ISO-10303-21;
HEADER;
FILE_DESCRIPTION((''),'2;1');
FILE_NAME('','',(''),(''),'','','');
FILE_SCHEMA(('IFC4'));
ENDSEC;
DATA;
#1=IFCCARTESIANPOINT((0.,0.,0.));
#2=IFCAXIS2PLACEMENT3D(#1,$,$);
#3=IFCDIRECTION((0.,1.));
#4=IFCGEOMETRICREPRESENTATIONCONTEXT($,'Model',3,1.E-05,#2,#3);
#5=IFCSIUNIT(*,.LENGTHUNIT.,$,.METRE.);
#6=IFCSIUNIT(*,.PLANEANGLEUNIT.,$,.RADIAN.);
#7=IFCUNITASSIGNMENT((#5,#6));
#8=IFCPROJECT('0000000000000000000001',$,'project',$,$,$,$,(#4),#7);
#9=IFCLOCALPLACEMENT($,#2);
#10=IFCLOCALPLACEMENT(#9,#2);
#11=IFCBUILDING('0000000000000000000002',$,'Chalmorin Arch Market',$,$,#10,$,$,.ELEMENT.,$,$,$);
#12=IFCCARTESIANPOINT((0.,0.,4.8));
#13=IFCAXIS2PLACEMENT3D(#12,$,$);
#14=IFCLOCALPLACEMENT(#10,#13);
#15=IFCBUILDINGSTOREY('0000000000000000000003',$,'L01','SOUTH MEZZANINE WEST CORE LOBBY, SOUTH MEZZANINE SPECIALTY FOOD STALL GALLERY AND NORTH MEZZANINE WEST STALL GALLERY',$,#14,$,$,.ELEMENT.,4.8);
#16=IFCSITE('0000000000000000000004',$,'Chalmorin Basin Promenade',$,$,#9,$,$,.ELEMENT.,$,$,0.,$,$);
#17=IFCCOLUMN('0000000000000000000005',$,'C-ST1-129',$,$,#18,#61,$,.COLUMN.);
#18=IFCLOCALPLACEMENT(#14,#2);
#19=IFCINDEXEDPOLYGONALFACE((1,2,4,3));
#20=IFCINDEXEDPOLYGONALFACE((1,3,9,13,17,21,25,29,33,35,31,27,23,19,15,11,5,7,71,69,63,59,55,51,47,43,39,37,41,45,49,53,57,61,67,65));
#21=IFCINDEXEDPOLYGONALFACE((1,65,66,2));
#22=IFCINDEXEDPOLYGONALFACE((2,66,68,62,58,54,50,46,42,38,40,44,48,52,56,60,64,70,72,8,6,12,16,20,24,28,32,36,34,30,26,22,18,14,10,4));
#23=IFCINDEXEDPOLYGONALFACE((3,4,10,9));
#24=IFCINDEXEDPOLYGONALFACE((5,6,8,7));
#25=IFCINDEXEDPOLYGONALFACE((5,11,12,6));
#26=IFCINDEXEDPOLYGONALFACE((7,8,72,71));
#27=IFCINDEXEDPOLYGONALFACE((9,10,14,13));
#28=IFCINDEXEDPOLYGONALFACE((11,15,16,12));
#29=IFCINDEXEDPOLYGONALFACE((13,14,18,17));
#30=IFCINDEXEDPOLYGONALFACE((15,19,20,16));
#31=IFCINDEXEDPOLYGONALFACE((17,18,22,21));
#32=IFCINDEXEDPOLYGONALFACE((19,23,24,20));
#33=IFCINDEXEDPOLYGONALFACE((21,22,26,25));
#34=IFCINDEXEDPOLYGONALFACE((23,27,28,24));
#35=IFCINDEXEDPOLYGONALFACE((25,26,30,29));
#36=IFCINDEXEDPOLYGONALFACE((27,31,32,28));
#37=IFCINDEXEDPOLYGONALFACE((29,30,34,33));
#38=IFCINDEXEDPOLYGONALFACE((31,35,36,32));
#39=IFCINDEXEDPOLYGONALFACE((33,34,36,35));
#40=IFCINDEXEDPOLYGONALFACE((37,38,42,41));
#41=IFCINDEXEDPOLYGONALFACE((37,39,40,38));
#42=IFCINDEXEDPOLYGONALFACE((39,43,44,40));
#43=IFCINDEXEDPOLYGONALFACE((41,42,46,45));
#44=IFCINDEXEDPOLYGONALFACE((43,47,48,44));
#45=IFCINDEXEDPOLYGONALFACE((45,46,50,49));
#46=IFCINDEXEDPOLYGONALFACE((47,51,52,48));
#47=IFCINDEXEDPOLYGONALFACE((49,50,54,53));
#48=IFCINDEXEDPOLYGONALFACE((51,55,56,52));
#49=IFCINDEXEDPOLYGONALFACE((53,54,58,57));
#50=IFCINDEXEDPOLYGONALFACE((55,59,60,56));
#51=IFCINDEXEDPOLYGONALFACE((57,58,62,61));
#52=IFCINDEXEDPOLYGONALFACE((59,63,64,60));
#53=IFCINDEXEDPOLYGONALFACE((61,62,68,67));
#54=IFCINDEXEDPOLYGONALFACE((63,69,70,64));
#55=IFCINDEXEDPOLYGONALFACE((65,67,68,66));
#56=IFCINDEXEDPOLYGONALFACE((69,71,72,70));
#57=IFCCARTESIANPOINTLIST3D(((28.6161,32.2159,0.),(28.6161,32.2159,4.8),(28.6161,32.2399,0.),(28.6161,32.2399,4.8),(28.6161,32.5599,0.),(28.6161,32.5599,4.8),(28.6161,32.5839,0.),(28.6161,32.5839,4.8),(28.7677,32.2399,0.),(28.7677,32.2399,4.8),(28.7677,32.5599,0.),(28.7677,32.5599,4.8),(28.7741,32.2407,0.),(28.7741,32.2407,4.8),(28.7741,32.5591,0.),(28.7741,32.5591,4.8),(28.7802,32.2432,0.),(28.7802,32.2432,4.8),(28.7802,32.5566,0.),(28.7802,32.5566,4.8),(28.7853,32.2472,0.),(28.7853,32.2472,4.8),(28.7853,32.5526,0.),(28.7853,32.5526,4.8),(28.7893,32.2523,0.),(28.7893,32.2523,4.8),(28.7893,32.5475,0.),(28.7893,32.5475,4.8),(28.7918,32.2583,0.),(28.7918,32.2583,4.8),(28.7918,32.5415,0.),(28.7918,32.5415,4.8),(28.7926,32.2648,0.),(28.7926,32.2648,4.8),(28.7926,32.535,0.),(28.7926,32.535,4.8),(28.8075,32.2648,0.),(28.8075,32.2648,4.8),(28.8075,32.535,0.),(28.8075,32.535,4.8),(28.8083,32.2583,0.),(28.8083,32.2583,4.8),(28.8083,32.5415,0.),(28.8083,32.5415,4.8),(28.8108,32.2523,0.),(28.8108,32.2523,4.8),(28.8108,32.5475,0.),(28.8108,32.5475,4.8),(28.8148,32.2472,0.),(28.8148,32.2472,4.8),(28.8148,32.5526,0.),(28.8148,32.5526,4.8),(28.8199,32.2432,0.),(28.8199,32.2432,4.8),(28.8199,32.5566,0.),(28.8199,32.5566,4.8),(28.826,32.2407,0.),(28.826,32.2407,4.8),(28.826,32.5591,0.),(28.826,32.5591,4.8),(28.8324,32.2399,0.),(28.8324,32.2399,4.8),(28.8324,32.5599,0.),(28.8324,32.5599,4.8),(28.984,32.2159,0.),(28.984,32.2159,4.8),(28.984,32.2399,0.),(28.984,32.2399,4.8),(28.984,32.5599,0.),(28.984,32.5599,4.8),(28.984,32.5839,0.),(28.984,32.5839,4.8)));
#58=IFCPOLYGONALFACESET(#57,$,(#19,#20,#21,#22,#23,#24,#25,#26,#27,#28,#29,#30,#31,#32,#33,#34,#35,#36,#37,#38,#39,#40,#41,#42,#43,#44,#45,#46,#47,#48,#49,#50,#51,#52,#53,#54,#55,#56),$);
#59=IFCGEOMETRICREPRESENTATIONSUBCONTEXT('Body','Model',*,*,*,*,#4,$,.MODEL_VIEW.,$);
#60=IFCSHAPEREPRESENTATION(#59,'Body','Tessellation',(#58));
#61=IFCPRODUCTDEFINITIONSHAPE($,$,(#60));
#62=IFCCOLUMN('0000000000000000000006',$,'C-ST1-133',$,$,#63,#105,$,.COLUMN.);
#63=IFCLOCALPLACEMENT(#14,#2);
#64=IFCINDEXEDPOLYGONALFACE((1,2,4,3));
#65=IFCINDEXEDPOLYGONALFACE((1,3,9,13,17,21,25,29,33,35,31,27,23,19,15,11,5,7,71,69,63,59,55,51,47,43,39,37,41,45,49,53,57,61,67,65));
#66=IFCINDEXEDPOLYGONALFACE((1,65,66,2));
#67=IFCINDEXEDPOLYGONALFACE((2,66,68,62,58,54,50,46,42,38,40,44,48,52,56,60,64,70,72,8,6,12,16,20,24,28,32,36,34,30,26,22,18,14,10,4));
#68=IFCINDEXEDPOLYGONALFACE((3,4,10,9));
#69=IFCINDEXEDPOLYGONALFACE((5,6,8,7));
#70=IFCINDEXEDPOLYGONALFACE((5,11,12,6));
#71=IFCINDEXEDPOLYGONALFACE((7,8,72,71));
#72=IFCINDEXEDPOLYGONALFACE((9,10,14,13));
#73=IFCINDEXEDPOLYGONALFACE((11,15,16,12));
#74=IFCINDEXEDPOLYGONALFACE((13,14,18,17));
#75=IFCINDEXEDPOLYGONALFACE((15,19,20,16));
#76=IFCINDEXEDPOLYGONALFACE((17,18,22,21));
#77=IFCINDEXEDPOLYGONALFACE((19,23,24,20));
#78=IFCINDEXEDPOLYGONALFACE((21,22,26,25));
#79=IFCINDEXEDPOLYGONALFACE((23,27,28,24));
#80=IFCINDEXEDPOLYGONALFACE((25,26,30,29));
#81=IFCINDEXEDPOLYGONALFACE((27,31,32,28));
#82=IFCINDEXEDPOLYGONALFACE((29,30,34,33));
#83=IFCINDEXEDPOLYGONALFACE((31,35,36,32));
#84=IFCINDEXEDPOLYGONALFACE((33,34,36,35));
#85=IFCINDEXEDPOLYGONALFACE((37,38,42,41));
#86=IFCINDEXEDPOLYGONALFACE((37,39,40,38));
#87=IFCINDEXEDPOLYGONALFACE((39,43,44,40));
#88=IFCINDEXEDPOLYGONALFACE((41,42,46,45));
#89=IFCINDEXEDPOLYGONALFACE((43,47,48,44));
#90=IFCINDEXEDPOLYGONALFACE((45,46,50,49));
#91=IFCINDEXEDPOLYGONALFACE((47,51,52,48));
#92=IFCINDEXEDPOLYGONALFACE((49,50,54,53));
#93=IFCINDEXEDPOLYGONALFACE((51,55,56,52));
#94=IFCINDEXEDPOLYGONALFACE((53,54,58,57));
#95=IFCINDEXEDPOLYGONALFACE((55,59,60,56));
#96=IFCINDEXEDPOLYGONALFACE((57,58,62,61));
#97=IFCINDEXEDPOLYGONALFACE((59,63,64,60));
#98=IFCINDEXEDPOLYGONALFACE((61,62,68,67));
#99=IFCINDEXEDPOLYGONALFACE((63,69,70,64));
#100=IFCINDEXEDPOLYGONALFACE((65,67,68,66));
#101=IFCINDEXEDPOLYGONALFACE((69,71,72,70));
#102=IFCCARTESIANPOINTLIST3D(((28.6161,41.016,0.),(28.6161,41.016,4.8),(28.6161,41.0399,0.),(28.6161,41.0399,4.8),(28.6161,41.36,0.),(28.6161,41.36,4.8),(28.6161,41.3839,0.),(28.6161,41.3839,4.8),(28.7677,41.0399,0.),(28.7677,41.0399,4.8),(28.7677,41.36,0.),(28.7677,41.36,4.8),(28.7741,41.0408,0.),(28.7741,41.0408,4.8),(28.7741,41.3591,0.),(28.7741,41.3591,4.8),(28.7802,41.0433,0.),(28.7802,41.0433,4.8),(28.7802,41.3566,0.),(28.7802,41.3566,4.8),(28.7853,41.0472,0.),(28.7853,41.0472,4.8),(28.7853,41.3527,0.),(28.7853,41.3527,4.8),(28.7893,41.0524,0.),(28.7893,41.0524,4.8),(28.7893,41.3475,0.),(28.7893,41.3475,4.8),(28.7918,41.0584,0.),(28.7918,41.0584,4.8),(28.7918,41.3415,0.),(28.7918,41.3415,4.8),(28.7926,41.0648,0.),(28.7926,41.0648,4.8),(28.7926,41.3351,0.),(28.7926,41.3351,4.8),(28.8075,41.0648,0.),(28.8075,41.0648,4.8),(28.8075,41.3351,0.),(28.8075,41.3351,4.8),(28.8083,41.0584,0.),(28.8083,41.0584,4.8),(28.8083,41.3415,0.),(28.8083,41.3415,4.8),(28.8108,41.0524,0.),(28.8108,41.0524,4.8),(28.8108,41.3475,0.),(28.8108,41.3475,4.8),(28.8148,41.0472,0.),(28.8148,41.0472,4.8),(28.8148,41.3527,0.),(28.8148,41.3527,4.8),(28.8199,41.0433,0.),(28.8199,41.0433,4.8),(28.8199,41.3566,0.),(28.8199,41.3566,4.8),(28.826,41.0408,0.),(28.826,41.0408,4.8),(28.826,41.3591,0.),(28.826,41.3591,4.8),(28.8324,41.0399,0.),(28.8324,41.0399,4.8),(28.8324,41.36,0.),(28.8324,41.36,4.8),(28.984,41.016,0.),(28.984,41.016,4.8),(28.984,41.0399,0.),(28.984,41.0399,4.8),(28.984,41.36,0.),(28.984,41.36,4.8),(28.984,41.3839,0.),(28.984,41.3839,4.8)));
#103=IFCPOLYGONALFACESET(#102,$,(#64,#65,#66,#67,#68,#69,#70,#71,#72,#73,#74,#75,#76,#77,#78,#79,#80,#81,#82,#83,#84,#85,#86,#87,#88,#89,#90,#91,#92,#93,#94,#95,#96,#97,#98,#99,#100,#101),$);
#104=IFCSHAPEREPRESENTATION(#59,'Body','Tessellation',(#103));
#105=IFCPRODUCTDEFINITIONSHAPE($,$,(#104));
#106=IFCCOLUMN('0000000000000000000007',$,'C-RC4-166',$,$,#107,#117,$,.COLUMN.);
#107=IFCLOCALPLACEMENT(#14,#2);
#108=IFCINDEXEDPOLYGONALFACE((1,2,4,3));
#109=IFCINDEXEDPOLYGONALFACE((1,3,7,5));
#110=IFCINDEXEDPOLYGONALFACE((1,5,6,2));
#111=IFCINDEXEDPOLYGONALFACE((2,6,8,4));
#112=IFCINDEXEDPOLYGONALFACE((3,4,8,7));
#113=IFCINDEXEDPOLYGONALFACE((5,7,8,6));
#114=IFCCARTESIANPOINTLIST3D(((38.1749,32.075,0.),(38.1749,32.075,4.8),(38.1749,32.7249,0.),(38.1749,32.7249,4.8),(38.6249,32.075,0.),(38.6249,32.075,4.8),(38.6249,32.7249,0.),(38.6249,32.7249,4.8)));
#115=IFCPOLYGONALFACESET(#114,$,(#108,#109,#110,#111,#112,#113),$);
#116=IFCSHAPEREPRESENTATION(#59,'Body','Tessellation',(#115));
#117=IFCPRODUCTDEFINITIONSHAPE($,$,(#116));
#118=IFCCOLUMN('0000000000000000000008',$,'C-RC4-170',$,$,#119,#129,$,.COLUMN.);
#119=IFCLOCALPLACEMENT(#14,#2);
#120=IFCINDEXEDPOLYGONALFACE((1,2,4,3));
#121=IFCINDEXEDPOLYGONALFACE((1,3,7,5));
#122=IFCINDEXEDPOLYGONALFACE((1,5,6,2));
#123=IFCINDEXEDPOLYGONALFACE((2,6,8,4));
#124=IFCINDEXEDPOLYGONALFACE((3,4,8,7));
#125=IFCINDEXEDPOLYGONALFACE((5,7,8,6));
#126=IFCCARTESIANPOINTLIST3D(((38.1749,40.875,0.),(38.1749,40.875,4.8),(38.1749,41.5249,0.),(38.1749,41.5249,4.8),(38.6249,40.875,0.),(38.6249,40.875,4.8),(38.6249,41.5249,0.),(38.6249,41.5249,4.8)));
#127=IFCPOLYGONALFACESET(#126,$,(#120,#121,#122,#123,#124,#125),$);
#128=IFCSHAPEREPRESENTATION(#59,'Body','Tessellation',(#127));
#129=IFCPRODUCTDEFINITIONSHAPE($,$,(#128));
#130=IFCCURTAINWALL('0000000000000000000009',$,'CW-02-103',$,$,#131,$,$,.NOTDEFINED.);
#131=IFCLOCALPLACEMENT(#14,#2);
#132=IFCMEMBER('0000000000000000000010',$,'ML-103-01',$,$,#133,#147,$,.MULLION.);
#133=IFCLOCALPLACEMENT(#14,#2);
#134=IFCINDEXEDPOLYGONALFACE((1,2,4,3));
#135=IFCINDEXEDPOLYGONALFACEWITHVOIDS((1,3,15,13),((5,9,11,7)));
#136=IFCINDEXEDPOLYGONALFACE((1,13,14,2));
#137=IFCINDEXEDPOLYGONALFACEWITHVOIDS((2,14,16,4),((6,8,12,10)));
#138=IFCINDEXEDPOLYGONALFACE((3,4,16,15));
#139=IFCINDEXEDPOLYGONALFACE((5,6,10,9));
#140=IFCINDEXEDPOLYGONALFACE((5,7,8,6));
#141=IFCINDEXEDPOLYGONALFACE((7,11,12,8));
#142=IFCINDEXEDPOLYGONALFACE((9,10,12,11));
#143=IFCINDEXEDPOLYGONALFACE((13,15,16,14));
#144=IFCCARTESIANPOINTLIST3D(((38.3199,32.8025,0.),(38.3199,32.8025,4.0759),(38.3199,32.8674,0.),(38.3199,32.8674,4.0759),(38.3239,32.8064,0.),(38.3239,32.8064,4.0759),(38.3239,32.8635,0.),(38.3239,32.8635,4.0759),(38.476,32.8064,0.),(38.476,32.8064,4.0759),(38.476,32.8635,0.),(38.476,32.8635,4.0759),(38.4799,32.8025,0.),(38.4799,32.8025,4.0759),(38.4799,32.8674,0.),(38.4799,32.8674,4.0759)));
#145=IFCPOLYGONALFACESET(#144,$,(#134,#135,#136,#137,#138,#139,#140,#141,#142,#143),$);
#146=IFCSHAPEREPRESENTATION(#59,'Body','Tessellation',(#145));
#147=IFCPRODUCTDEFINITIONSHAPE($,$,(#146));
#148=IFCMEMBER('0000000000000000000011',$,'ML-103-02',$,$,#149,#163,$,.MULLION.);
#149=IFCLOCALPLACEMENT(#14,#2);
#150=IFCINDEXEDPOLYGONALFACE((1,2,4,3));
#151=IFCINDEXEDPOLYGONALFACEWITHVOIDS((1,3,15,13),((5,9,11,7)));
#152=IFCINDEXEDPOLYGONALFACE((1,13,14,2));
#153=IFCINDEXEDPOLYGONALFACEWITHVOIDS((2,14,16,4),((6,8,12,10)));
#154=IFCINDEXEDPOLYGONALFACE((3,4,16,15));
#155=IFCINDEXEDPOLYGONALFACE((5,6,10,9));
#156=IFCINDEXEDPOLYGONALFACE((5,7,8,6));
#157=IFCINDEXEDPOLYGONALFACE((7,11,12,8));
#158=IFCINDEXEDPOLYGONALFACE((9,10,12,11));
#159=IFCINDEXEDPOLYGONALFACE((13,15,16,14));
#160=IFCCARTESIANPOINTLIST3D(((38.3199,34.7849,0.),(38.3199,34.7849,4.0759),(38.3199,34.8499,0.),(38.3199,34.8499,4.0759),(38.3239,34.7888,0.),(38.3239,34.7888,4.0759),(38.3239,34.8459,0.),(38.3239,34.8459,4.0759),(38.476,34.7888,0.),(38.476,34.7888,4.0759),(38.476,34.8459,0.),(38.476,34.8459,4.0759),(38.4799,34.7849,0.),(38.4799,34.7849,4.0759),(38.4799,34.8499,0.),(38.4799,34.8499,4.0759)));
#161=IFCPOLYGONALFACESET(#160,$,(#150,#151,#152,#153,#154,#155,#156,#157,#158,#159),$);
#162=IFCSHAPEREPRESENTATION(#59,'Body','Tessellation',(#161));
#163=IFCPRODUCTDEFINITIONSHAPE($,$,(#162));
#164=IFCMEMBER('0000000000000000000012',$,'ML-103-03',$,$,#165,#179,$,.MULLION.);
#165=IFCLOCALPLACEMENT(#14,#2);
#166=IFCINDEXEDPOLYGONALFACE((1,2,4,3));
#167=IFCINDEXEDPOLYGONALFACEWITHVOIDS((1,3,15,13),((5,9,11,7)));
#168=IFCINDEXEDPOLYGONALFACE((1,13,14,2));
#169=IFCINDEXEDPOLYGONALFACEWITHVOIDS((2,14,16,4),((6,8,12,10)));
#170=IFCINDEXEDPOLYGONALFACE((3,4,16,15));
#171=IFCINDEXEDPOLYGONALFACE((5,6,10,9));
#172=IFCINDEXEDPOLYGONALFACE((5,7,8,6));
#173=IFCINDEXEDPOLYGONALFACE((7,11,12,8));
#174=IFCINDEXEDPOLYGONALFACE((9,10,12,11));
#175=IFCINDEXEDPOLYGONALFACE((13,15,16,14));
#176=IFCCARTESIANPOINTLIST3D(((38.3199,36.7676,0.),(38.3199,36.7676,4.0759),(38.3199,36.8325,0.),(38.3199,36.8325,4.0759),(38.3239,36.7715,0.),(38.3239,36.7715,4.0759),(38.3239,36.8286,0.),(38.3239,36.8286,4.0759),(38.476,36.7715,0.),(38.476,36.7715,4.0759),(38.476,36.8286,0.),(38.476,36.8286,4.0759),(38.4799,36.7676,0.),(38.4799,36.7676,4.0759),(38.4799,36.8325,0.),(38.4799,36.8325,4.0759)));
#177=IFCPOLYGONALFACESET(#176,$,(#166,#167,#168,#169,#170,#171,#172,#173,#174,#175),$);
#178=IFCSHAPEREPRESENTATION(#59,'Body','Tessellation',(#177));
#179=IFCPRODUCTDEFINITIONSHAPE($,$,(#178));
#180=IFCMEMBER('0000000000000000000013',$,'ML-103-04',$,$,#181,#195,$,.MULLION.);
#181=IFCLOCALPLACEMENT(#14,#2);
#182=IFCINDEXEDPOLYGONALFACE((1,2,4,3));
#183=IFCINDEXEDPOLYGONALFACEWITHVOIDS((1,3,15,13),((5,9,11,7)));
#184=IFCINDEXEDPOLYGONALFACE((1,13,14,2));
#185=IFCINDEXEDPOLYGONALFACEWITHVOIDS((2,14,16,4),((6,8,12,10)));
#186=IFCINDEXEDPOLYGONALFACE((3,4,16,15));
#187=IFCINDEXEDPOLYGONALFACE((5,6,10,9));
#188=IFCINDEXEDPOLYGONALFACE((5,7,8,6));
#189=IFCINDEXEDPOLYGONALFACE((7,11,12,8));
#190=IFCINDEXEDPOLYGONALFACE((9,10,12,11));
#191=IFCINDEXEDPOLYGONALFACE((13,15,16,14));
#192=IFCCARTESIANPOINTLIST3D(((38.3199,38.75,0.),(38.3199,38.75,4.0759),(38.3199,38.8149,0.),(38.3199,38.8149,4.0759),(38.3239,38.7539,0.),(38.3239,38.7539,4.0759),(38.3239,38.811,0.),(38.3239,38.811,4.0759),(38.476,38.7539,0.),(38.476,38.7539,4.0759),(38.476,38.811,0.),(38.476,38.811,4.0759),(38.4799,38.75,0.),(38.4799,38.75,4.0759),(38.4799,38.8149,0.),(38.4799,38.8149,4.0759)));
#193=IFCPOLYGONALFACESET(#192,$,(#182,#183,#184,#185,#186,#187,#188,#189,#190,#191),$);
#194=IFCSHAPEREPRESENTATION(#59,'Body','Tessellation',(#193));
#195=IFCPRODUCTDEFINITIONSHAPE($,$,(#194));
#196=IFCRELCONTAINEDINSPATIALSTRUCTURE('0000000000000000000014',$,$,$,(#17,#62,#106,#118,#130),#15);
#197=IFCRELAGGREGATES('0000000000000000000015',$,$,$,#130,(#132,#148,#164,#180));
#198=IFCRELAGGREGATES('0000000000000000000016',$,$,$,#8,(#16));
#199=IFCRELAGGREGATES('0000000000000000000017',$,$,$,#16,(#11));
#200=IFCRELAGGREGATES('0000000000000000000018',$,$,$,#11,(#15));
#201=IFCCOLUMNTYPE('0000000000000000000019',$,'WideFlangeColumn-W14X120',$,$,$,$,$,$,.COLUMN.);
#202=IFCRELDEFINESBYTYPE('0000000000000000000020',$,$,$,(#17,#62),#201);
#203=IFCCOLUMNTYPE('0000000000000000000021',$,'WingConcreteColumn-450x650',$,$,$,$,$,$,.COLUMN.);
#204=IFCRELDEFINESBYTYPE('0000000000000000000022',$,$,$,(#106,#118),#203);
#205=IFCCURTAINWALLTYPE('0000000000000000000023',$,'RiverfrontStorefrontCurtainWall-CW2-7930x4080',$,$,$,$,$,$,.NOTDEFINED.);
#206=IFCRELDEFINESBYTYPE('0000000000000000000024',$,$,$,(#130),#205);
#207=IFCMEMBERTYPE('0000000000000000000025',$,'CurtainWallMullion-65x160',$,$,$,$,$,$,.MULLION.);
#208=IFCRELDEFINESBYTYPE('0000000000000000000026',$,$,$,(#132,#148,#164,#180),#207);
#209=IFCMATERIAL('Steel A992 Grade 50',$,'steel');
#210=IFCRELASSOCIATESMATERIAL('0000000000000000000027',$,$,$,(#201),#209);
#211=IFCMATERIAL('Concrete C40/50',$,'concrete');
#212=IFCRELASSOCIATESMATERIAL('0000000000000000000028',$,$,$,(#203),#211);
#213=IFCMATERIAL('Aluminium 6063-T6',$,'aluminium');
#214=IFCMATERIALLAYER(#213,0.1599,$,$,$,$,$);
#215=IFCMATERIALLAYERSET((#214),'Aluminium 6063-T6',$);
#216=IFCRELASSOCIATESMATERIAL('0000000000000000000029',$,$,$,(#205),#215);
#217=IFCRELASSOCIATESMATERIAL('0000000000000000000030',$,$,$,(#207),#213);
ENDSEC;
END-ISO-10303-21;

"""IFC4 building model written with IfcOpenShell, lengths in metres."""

from ifc_helpers import new_model, si_unit, direction, frame, origin, origin_2d, place, context, subcontext, project, spatial, rectangle, hollow_rectangle, i_section, extrude, material, layer, layer_set, material_profile, profile_set, type_object, element, aggregate, save


model = new_model("IFC4")

# Units and contexts
model_context = context("Model", 3, precision=1e-05, world=origin(), true_north=direction((0.0, 1.0)))
body_context = subcontext(model_context, "Body", "Model", "MODEL_VIEW")
ifc_project = project(units=[si_unit("LENGTHUNIT", "METRE"), si_unit("PLANEANGLEUNIT", "RADIAN")], contexts=[model_context])

# Site, building, storey
site_placement = place(None, origin())
site = spatial("IfcSite", under=ifc_project, at=site_placement, Name="Chalmorin Basin Promenade", CompositionType="ELEMENT", RefElevation=0.0)
building_placement = place(site_placement, origin())
building = spatial("IfcBuilding", under=site, at=building_placement, Name="Chalmorin Arch Market", CompositionType="ELEMENT")
storey_placement = place(building_placement, frame((0.0, 0.0, 4.8)))
storey = spatial("IfcBuildingStorey", under=building, at=storey_placement, Name="L01", Description="SOUTH MEZZANINE WEST CORE LOBBY, SOUTH MEZZANINE SPECIALTY FOOD STALL GALLERY AND NORTH MEZZANINE WEST STALL GALLERY", CompositionType="ELEMENT", Elevation=4.8)

# Columns
ifc_material_1 = material(Name="Steel A992 Grade 50", Category="steel")
ifc_material_profile_1 = material_profile(ifc_material_1, i_section(OverallWidth=0.3679, OverallDepth=0.3679, WebThickness=0.0149, FlangeThickness=0.0239, FilletRadius=0.0249, at=origin_2d()), Name="W14X120")
ifc_profile_set_1 = profile_set([ifc_material_profile_1], Name="Steel A992 Grade 50")
column_type_1 = type_object("IfcColumnType", Name="WideFlangeColumn-W14X120", PredefinedType="COLUMN", material=ifc_profile_set_1)
for number, where, z_axis, x_axis, name in (
    (1, (28.8, 32.3999, 0.0), (0.0, 0.0, 1.0), (1.0, 0.0, 0.0), "C-ST1-129"),
    (2, (28.8, 41.2, 0.0), (0.0, 0.0, 1.0), (1.0, 0.0, 0.0), "C-ST1-133"),
):
    element("IfcColumn", number, at=place(storey_placement, frame(where, z_axis=z_axis, x_axis=x_axis)), inside=storey, type_object=column_type_1, Name=name, PredefinedType="COLUMN", context=body_context, shape_type="SweptSolid", body=[
        extrude(i_section(OverallWidth=0.3679, OverallDepth=0.3679, WebThickness=0.0149, FlangeThickness=0.0239, FilletRadius=0.0249, at=origin_2d()), origin(), (0.0, 0.0, 1.0), 4.8),
    ])
ifc_material_2 = material(Name="Concrete C40/50", Category="concrete")
ifc_material_profile_2 = material_profile(ifc_material_2, rectangle(XDim=0.45, YDim=0.6499, at=origin_2d()), Name="RC450X650")
ifc_profile_set_2 = profile_set([ifc_material_profile_2], Name="Concrete C40/50")
column_type_2 = type_object("IfcColumnType", Name="WingConcreteColumn-450x650", PredefinedType="COLUMN", material=ifc_profile_set_2)
for number, where, z_axis, x_axis, name in (
    (3, (38.3999, 32.3999, 0.0), (0.0, 0.0, 1.0), (1.0, 0.0, 0.0), "C-RC4-166"),
    (4, (38.3999, 41.2, 0.0), (0.0, 0.0, 1.0), (1.0, 0.0, 0.0), "C-RC4-170"),
):
    element("IfcColumn", number, at=place(storey_placement, frame(where, z_axis=z_axis, x_axis=x_axis)), inside=storey, type_object=column_type_2, Name=name, PredefinedType="COLUMN", context=body_context, shape_type="SweptSolid", body=[
        extrude(rectangle(XDim=0.45, YDim=0.6499, at=origin_2d()), origin(), (0.0, 0.0, 1.0), 4.8),
    ])

# Curtain wall, members
ifc_material_3 = material(Name="Aluminium 6063-T6", Category="aluminium")
ifc_layer_1 = layer(ifc_material_3, 0.1599)
ifc_layer_set_1 = layer_set([ifc_layer_1], Name="Aluminium 6063-T6")
curtain_wall_type = type_object("IfcCurtainWallType", Name="RiverfrontStorefrontCurtainWall-CW2-7930x4080", PredefinedType="NOTDEFINED", material=ifc_layer_set_1)
curtain_wall_1_placement = place(storey_placement, origin())
curtain_wall_1 = element("IfcCurtainWall", 5, at=curtain_wall_1_placement, inside=storey, type_object=curtain_wall_type, Name="CW-02-103", PredefinedType="NOTDEFINED")
ifc_material_profile_3 = material_profile(ifc_material_3, hollow_rectangle(XDim=0.0649, YDim=0.1599, WallThickness=0.0039, at=origin_2d()), Name="ALU65X160X4")
ifc_profile_set_3 = profile_set([ifc_material_profile_3], Name="Aluminium 6063-T6")
member_type_1 = type_object("IfcMemberType", Name="CurtainWallMullion-65x160", PredefinedType="MULLION", material=ifc_profile_set_3)
member_1_placement = place(storey_placement, frame((38.3999, 32.835, 0.0), z_axis=(0.0, 0.0, 1.0), x_axis=(0.0, 1.0, 0.0)))
member_1 = element("IfcMember", 6, at=member_1_placement, type_object=member_type_1, Name="ML-103-01", PredefinedType="MULLION", context=body_context, shape_type="SweptSolid", body=[
    extrude(hollow_rectangle(XDim=0.0649, YDim=0.1599, WallThickness=0.0039, at=origin_2d()), origin(), (0.0, 0.0, 1.0), 4.0759),
])
member_2_placement = place(storey_placement, frame((38.3999, 34.8174, 0.0), z_axis=(0.0, 0.0, 1.0), x_axis=(0.0, 1.0, 0.0)))
member_2 = element("IfcMember", 7, at=member_2_placement, type_object=member_type_1, Name="ML-103-02", PredefinedType="MULLION", context=body_context, shape_type="SweptSolid", body=[
    extrude(hollow_rectangle(XDim=0.0649, YDim=0.1599, WallThickness=0.0039, at=origin_2d()), origin(), (0.0, 0.0, 1.0), 4.0759),
])
member_3_placement = place(storey_placement, frame((38.3999, 36.8, 0.0), z_axis=(0.0, 0.0, 1.0), x_axis=(0.0, 1.0, 0.0)))
member_3 = element("IfcMember", 8, at=member_3_placement, type_object=member_type_1, Name="ML-103-03", PredefinedType="MULLION", context=body_context, shape_type="SweptSolid", body=[
    extrude(hollow_rectangle(XDim=0.0649, YDim=0.1599, WallThickness=0.0039, at=origin_2d()), origin(), (0.0, 0.0, 1.0), 4.0759),
])
member_4_placement = place(storey_placement, frame((38.3999, 38.7825, 0.0), z_axis=(0.0, 0.0, 1.0), x_axis=(0.0, 1.0, 0.0)))
member_4 = element("IfcMember", 9, at=member_4_placement, type_object=member_type_1, Name="ML-103-04", PredefinedType="MULLION", context=body_context, shape_type="SweptSolid", body=[
    extrude(hollow_rectangle(XDim=0.0649, YDim=0.1599, WallThickness=0.0039, at=origin_2d()), origin(), (0.0, 0.0, 1.0), 4.0759),
])

aggregate(curtain_wall_1, [member_1, member_2, member_3, member_4])

save(model, "model.ifc")
